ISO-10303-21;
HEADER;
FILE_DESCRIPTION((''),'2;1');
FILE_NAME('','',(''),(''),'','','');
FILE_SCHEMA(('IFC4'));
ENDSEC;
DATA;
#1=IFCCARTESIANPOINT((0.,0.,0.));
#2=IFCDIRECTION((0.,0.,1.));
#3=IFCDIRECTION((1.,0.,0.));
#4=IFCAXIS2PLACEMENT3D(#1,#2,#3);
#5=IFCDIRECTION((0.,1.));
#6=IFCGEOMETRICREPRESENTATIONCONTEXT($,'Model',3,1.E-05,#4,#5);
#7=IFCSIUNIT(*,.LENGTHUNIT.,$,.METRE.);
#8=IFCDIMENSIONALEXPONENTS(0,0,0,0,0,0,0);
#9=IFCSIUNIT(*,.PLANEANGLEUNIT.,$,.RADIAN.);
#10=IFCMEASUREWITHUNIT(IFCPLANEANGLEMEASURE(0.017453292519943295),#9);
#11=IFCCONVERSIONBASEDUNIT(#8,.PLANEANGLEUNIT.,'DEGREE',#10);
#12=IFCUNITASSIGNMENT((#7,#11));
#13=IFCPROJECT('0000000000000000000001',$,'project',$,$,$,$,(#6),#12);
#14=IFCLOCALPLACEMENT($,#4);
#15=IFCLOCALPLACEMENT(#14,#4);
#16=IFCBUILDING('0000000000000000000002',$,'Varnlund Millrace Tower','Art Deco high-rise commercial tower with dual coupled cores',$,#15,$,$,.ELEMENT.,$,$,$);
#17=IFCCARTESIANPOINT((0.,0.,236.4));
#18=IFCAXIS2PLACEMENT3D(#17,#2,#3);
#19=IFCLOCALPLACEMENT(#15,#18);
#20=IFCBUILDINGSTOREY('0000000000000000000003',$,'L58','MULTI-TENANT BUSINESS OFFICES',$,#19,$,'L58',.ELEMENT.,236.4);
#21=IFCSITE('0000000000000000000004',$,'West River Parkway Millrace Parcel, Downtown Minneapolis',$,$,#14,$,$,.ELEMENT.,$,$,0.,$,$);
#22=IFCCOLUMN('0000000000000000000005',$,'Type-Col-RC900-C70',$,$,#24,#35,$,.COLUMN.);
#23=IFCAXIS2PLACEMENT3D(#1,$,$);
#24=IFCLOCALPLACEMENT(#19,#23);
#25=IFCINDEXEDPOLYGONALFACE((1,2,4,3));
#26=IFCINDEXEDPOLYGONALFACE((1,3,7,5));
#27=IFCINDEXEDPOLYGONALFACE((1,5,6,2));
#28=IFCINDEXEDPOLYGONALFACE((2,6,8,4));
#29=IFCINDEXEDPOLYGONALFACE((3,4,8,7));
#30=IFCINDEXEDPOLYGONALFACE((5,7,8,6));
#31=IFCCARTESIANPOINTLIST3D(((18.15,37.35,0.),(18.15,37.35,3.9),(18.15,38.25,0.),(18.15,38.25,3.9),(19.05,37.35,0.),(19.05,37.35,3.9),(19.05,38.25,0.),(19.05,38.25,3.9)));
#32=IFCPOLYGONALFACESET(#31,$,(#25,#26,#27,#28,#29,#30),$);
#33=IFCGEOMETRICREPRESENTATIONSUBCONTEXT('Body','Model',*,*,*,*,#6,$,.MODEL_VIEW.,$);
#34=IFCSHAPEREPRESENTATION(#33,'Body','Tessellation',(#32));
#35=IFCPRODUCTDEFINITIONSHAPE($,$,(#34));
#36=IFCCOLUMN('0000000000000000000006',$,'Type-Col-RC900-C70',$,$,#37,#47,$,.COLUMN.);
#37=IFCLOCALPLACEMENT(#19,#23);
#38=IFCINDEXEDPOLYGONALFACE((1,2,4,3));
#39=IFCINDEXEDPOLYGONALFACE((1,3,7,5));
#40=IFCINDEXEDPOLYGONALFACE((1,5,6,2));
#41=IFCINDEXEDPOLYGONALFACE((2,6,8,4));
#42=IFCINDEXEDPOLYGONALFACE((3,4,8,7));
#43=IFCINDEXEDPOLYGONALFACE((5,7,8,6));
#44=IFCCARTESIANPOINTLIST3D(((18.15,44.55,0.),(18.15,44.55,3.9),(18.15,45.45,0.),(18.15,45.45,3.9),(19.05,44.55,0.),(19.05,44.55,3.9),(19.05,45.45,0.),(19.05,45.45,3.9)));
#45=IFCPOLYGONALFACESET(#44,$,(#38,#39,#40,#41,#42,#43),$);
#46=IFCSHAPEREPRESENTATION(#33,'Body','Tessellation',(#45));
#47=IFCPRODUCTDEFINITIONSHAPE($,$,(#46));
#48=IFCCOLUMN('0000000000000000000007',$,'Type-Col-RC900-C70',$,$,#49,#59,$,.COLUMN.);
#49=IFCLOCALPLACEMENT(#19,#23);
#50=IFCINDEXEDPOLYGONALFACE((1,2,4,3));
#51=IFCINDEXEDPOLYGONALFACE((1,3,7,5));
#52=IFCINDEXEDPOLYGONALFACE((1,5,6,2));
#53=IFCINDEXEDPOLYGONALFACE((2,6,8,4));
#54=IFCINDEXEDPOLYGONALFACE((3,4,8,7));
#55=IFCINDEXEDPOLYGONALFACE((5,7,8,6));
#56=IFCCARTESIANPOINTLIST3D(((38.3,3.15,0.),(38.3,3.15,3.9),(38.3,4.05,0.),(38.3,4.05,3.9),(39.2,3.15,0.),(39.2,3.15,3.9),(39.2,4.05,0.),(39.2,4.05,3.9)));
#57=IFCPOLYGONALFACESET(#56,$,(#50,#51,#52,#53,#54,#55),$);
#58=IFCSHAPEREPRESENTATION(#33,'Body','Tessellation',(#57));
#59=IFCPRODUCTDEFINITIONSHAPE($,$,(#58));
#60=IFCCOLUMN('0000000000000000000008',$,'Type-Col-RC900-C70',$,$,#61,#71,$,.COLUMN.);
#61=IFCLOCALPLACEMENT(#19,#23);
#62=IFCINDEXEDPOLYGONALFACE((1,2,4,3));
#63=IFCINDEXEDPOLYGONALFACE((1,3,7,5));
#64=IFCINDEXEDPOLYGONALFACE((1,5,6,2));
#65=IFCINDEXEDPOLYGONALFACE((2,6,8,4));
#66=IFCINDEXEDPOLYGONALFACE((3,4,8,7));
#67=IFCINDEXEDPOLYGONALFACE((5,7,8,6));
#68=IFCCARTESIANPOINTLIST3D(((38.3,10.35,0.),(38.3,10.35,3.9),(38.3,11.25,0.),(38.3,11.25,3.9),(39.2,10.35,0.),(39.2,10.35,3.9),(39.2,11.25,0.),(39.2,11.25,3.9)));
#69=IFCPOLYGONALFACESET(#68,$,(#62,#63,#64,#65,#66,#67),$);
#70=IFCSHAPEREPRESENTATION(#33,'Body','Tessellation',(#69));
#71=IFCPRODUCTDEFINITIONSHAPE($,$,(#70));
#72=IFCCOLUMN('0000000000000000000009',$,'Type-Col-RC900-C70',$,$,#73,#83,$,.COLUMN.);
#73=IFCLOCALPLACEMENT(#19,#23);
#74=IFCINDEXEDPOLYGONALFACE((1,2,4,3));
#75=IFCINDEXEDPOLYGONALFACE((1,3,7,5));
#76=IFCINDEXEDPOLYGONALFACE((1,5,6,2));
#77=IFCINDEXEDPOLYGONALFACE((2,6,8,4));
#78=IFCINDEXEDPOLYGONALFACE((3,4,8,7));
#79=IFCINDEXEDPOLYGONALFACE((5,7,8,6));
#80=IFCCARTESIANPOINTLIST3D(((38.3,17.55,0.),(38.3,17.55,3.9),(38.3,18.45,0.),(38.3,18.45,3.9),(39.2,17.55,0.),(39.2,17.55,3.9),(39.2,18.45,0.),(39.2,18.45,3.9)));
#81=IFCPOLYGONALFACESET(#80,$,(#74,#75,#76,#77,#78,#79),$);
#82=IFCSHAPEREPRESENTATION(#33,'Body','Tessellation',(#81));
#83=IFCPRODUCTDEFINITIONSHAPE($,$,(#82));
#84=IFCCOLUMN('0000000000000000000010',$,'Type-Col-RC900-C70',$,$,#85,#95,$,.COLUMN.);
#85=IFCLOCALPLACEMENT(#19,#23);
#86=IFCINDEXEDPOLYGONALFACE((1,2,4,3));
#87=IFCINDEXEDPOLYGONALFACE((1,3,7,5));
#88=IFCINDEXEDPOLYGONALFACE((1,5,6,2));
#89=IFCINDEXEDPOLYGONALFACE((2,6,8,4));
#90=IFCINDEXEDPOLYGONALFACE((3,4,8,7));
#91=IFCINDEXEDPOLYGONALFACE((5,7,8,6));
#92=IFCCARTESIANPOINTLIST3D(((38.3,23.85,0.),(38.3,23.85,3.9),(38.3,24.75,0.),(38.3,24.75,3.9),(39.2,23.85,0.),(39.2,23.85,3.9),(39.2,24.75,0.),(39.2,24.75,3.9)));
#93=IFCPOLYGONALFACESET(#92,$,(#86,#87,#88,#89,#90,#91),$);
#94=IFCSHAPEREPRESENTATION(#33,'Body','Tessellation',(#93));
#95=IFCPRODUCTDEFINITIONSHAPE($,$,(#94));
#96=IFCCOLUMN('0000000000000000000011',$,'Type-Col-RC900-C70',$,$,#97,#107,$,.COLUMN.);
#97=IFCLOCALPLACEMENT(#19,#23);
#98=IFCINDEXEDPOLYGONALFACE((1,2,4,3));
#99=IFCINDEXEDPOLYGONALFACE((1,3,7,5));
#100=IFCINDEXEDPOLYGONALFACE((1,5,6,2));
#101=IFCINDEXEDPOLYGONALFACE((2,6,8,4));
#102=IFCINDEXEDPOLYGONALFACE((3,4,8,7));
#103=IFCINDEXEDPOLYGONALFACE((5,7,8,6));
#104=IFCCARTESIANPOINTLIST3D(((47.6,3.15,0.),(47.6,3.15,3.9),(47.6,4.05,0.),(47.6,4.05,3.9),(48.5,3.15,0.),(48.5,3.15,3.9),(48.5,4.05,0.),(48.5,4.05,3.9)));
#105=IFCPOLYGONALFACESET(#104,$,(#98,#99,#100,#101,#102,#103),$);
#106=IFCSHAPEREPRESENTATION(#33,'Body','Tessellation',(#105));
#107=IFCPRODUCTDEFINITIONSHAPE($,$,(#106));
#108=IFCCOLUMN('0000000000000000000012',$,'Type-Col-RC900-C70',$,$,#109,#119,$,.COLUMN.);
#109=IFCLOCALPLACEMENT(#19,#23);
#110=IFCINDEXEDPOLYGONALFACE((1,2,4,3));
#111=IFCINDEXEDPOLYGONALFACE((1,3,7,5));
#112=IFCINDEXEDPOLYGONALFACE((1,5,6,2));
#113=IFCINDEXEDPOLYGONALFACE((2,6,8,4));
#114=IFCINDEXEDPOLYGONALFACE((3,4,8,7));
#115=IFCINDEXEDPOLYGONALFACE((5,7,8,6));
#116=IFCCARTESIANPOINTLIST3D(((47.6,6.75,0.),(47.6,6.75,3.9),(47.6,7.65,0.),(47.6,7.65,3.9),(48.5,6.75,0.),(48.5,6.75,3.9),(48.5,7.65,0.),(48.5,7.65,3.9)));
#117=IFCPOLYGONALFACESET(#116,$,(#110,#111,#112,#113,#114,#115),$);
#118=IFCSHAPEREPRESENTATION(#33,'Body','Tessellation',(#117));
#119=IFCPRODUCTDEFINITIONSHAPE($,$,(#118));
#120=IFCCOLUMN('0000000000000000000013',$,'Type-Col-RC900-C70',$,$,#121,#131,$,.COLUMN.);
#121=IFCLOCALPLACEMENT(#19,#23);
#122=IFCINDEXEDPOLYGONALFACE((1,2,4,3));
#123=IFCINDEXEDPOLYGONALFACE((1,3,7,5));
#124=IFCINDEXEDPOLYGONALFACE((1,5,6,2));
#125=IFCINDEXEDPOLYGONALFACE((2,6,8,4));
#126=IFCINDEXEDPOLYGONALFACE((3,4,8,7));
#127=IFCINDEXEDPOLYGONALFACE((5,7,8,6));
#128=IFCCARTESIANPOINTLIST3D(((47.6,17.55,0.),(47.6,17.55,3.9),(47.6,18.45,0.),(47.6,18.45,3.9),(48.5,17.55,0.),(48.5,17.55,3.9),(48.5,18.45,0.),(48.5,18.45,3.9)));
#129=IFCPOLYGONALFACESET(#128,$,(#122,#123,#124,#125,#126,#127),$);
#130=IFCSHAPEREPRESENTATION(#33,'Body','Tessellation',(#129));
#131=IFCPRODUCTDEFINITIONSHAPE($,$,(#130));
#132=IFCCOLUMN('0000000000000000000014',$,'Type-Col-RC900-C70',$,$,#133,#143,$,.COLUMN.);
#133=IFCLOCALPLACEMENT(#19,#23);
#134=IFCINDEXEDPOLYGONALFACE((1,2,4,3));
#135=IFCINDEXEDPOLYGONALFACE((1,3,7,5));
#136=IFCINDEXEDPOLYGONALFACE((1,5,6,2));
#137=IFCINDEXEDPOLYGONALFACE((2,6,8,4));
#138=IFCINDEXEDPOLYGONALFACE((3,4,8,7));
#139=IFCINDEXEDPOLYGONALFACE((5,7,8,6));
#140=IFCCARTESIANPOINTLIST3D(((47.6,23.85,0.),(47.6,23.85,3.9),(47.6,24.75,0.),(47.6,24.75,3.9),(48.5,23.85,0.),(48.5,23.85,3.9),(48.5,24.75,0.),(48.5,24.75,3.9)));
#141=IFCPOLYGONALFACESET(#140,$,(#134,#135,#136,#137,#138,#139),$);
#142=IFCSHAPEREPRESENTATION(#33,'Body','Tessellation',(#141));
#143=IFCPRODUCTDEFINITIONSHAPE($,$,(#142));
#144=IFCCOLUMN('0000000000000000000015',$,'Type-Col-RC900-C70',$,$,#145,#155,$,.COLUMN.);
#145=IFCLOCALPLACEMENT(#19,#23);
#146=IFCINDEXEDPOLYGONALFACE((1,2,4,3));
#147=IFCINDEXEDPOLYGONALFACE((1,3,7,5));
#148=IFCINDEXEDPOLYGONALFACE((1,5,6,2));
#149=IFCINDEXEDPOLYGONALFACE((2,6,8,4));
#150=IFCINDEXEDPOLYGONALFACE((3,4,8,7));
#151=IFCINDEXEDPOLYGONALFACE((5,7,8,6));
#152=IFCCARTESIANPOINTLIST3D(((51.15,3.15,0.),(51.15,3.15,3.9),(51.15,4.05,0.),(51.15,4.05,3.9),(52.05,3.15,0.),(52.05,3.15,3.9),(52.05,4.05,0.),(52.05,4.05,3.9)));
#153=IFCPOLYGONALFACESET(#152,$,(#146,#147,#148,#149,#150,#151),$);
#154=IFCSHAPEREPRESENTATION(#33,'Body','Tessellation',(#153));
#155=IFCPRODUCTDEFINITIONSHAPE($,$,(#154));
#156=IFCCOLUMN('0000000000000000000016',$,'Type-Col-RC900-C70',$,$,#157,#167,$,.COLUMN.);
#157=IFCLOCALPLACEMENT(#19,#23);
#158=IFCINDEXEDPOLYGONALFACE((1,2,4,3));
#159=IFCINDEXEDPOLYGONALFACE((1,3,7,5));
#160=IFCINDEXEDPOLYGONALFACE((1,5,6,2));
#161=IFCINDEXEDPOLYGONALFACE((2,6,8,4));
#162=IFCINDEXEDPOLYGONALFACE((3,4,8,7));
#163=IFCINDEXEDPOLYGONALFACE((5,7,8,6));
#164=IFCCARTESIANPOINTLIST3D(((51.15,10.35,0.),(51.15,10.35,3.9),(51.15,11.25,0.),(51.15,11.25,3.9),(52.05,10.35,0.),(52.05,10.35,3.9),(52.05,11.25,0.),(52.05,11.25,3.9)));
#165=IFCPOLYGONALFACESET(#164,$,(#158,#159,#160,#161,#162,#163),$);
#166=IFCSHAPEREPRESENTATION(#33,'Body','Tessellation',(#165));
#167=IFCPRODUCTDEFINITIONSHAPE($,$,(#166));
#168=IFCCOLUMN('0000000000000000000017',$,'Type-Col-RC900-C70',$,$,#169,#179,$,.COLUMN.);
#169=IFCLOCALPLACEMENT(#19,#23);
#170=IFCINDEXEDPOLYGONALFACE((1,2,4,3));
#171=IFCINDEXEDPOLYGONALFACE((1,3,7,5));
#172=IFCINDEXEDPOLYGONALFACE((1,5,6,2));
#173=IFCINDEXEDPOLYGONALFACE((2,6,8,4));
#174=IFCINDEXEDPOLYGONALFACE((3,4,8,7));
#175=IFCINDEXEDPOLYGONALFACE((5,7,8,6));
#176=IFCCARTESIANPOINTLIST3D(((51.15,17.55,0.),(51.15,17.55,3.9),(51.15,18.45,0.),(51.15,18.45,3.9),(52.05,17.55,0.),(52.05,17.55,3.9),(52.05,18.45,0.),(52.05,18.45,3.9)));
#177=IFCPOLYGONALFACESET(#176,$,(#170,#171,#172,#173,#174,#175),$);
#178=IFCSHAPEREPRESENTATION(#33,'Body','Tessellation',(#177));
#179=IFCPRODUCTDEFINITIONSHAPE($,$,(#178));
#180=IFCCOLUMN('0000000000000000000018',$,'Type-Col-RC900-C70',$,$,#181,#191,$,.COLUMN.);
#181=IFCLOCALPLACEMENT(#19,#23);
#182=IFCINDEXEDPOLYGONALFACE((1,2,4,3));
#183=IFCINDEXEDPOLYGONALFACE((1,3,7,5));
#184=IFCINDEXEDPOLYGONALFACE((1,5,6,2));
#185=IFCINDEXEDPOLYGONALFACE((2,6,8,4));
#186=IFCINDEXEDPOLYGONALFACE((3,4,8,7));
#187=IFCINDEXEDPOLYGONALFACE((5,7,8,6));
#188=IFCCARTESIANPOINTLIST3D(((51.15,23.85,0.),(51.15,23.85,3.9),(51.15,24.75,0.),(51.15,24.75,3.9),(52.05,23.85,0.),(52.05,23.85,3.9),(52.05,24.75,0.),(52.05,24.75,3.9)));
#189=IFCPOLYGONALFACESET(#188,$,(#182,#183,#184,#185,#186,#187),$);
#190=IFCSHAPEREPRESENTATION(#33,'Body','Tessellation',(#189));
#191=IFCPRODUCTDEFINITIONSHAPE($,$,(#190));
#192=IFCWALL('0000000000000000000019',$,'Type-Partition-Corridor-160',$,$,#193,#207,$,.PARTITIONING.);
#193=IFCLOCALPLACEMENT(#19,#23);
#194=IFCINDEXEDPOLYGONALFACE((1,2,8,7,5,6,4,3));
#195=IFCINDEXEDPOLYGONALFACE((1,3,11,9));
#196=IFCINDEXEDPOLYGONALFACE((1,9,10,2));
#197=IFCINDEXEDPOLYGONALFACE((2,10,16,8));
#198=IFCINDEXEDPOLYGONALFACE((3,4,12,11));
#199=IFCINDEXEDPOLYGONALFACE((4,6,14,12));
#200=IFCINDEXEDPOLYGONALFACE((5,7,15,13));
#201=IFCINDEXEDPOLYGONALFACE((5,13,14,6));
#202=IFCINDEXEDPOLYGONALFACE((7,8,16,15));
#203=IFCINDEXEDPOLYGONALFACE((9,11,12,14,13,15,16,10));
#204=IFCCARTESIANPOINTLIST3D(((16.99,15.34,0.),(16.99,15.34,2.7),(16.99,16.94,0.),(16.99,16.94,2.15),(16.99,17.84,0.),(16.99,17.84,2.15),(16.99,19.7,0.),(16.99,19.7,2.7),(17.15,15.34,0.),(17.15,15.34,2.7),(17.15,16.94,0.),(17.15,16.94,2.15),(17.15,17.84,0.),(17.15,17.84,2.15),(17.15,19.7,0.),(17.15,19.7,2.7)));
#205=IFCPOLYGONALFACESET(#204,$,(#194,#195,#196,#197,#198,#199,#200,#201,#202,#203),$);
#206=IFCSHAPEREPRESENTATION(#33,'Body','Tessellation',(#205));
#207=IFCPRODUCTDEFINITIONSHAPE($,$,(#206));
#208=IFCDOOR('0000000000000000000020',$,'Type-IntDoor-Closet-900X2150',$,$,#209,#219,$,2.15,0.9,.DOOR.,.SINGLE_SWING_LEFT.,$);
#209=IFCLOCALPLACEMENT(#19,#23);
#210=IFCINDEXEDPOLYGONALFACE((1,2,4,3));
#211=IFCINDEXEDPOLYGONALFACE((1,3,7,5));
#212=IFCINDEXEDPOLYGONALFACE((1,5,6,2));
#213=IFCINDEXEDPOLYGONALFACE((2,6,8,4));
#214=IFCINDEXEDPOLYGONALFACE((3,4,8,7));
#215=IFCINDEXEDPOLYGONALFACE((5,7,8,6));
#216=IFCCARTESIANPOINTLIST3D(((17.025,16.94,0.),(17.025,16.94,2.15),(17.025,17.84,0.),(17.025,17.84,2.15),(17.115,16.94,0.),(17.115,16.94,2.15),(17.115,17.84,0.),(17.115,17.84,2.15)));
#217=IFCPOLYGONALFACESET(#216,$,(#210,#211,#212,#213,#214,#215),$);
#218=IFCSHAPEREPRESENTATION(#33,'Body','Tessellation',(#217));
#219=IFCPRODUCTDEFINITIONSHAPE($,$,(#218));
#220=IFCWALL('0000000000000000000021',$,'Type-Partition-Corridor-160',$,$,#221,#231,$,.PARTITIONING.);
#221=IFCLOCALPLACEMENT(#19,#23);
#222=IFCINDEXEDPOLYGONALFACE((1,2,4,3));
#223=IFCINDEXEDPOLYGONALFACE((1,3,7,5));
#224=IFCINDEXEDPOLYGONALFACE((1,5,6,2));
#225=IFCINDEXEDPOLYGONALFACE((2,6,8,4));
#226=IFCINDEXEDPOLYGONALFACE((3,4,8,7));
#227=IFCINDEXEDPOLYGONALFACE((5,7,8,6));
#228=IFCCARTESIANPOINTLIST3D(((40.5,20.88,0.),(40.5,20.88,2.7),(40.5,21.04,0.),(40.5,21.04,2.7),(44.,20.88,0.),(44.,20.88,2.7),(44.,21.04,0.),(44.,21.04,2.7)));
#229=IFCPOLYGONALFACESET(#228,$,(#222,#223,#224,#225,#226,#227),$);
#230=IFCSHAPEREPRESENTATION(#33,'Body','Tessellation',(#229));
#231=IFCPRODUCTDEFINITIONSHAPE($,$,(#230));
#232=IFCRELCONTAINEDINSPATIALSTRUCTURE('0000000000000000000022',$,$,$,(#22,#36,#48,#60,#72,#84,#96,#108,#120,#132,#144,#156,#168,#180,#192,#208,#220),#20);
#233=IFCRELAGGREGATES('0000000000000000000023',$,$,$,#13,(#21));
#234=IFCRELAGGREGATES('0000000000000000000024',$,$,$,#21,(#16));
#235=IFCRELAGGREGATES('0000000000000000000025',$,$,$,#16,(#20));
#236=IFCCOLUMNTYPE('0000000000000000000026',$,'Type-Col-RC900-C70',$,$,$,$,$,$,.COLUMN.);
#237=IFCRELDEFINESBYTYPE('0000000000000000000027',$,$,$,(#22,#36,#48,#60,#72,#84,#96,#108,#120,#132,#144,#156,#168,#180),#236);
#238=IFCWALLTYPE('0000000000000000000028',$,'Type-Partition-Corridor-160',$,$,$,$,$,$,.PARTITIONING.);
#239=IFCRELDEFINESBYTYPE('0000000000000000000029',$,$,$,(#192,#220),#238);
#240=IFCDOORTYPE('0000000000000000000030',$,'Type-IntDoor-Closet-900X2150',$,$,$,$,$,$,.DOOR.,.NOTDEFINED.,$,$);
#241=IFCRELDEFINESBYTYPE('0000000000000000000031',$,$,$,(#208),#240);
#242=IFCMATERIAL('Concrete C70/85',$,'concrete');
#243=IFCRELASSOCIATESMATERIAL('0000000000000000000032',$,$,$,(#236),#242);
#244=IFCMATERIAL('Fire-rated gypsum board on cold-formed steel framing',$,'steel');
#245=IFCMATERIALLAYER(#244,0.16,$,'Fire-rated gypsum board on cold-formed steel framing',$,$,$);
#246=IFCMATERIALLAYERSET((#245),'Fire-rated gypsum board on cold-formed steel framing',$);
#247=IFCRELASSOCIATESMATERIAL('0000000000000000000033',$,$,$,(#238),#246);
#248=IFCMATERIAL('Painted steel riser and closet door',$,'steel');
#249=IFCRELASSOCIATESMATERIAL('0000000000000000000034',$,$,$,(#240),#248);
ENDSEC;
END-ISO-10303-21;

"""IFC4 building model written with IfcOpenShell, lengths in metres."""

from ifc_helpers import new_model, entity, si_unit, converted_unit, direction, frame, origin_with_axes, origin_2d_with_axis, place, context, subcontext, project, spatial, polyline, rectangle, outline, extrude, material, layer, layer_set, material_profile, profile_set, type_object, element, fill, save


model = new_model("IFC4")

# Units and contexts
model_context = context("Model", 3, precision=1e-05, world=origin_with_axes(), true_north=direction((0.0, 1.0)))
body_context = subcontext(model_context, "Body", "Model", "MODEL_VIEW")
ifc_project = project(units=[si_unit("LENGTHUNIT", "METRE"), converted_unit("PLANEANGLEUNIT", "DEGREE", entity("IfcPlaneAngleMeasure", 0.017453292519943295), si_unit("PLANEANGLEUNIT", "RADIAN"), dimensions=[0, 0, 0, 0, 0, 0, 0])], contexts=[model_context])

# Site, building, storey
site_placement = place(None, origin_with_axes())
site = spatial("IfcSite", under=ifc_project, at=site_placement, Name="West River Parkway Millrace Parcel, Downtown Minneapolis", CompositionType="ELEMENT", RefElevation=0.0)
building_placement = place(site_placement, origin_with_axes())
building = spatial("IfcBuilding", under=site, at=building_placement, Name="Varnlund Millrace Tower", Description="Art Deco high-rise commercial tower with dual coupled cores", CompositionType="ELEMENT")
storey_placement = place(building_placement, frame((0.0, 0.0, 236.4), z_axis=(0.0, 0.0, 1.0), x_axis=(1.0, 0.0, 0.0)))
storey = spatial("IfcBuildingStorey", under=building, at=storey_placement, Name="L58", Description="MULTI-TENANT BUSINESS OFFICES", LongName="L58", CompositionType="ELEMENT", Elevation=236.4)

# Columns
ifc_material_1 = material(Name="Concrete C70/85", Category="concrete")
ifc_material_profile_1 = material_profile(ifc_material_1, rectangle(XDim=0.9, YDim=0.9, at=origin_2d_with_axis()), Name="Concrete C70/85")
ifc_profile_set_1 = profile_set([ifc_material_profile_1], Name="Concrete C70/85")
column_type_1 = type_object("IfcColumnType", Name="Type-Col-RC900-C70", PredefinedType="COLUMN", material=ifc_profile_set_1)
for number, where, z_axis, x_axis, name in (
    (1, (18.6, 37.8, 0.0), (0.0, 0.0, 1.0), (1.0, 0.0, 0.0), "Type-Col-RC900-C70"),
    (2, (18.6, 45.0, 0.0), (0.0, 0.0, 1.0), (1.0, 0.0, 0.0), "Type-Col-RC900-C70"),
    (3, (38.75, 3.6, 0.0), (0.0, 0.0, 1.0), (1.0, 0.0, 0.0), "Type-Col-RC900-C70"),
    (4, (38.75, 10.8, 0.0), (0.0, 0.0, 1.0), (1.0, 0.0, 0.0), "Type-Col-RC900-C70"),
    (5, (38.75, 18.0, 0.0), (0.0, 0.0, 1.0), (1.0, 0.0, 0.0), "Type-Col-RC900-C70"),
    (6, (38.75, 24.3, 0.0), (0.0, 0.0, 1.0), (1.0, 0.0, 0.0), "Type-Col-RC900-C70"),
    (7, (48.05, 3.6, 0.0), (0.0, 0.0, 1.0), (1.0, 0.0, 0.0), "Type-Col-RC900-C70"),
    (8, (48.05, 7.2, 0.0), (0.0, 0.0, 1.0), (1.0, 0.0, 0.0), "Type-Col-RC900-C70"),
    (9, (48.05, 18.0, 0.0), (0.0, 0.0, 1.0), (1.0, 0.0, 0.0), "Type-Col-RC900-C70"),
    (10, (48.05, 24.3, 0.0), (0.0, 0.0, 1.0), (1.0, 0.0, 0.0), "Type-Col-RC900-C70"),
    (11, (51.6, 3.6, 0.0), (0.0, 0.0, 1.0), (1.0, 0.0, 0.0), "Type-Col-RC900-C70"),
    (12, (51.6, 10.8, 0.0), (0.0, 0.0, 1.0), (1.0, 0.0, 0.0), "Type-Col-RC900-C70"),
    (13, (51.6, 18.0, 0.0), (0.0, 0.0, 1.0), (1.0, 0.0, 0.0), "Type-Col-RC900-C70"),
    (14, (51.6, 24.3, 0.0), (0.0, 0.0, 1.0), (1.0, 0.0, 0.0), "Type-Col-RC900-C70"),
):
    element("IfcColumn", number, at=place(storey_placement, frame(where, z_axis=z_axis, x_axis=x_axis)), inside=storey, type_object=column_type_1, Name=name, PredefinedType="COLUMN", context=body_context, shape_type="SweptSolid", body=[
        extrude(rectangle(XDim=0.9, YDim=0.9, at=origin_2d_with_axis()), origin_with_axes(), (0.0, 0.0, 1.0), 3.9),
    ])

# Wall, opening, door
ifc_material_2 = material(Name="Fire-rated gypsum board on cold-formed steel framing", Category="steel")
ifc_layer_1 = layer(ifc_material_2, 0.16, Name="Fire-rated gypsum board on cold-formed steel framing")
ifc_layer_set_1 = layer_set([ifc_layer_1], Name="Fire-rated gypsum board on cold-formed steel framing")
wall_type_1 = type_object("IfcWallType", Name="Type-Partition-Corridor-160", PredefinedType="PARTITIONING", material=ifc_layer_set_1)
wall_1_placement = place(storey_placement, frame((17.07, 15.34, 0.0), z_axis=(0.0, 0.0, 1.0), x_axis=(0.0, 1.0, 0.0)))
wall_1 = element("IfcWall", 15, at=wall_1_placement, inside=storey, type_object=wall_type_1, Name="Type-Partition-Corridor-160", PredefinedType="PARTITIONING", context=body_context, shape_type="SweptSolid", body=[
    extrude(outline(polyline([(0.0, -0.08), (4.36, -0.08), (4.36, 0.08), (0.0, 0.08), (0.0, -0.08)])), origin_with_axes(), (0.0, 0.0, 1.0), 2.7),
])
opening_1_placement = place(wall_1_placement, frame((2.05, 0.0, 0.0), z_axis=(0.0, 0.0, 1.0), x_axis=(1.0, 0.0, 0.0)))
opening_1 = element("IfcOpeningElement", 16, at=opening_1_placement, cuts=wall_1, PredefinedType="OPENING", context=body_context, shape_type="SweptSolid", body=[
    extrude(rectangle(XDim=0.9, YDim=0.18, at=origin_2d_with_axis()), origin_with_axes(), (0.0, 0.0, 1.0), 2.15),
])
ifc_material_3 = material(Name="Painted steel riser and closet door", Category="steel")
door_type_1 = type_object("IfcDoorType", Name="Type-IntDoor-Closet-900X2150", OperationType="NOTDEFINED", PredefinedType="DOOR", material=ifc_material_3)
door_1_placement = place(wall_1_placement, frame((2.05, 0.0, 0.0), z_axis=(0.0, 0.0, 1.0), x_axis=(1.0, 0.0, 0.0)))
door_1 = element("IfcDoor", 17, at=door_1_placement, inside=storey, type_object=door_type_1, Name="Type-IntDoor-Closet-900X2150", OperationType="SINGLE_SWING_LEFT", OverallHeight=2.15, OverallWidth=0.9, PredefinedType="DOOR", context=body_context, shape_type="SweptSolid", body=[
    extrude(rectangle(XDim=0.9, YDim=0.09, at=origin_2d_with_axis()), origin_with_axes(), (0.0, 0.0, 1.0), 2.15),
])
fill(opening_1, door_1)

# Wall
wall_2_placement = place(storey_placement, frame((40.5, 20.96, 0.0), z_axis=(0.0, 0.0, 1.0), x_axis=(1.0, 0.0, 0.0)))
element("IfcWall", 18, at=wall_2_placement, inside=storey, type_object=wall_type_1, Name="Type-Partition-Corridor-160", PredefinedType="PARTITIONING", context=body_context, shape_type="SweptSolid", body=[
    extrude(outline(polyline([(0.0, -0.08), (3.5, -0.08), (3.5, 0.08), (0.0, 0.08), (0.0, -0.08)])), origin_with_axes(), (0.0, 0.0, 1.0), 2.7),
])

save(model, "model.ifc")
